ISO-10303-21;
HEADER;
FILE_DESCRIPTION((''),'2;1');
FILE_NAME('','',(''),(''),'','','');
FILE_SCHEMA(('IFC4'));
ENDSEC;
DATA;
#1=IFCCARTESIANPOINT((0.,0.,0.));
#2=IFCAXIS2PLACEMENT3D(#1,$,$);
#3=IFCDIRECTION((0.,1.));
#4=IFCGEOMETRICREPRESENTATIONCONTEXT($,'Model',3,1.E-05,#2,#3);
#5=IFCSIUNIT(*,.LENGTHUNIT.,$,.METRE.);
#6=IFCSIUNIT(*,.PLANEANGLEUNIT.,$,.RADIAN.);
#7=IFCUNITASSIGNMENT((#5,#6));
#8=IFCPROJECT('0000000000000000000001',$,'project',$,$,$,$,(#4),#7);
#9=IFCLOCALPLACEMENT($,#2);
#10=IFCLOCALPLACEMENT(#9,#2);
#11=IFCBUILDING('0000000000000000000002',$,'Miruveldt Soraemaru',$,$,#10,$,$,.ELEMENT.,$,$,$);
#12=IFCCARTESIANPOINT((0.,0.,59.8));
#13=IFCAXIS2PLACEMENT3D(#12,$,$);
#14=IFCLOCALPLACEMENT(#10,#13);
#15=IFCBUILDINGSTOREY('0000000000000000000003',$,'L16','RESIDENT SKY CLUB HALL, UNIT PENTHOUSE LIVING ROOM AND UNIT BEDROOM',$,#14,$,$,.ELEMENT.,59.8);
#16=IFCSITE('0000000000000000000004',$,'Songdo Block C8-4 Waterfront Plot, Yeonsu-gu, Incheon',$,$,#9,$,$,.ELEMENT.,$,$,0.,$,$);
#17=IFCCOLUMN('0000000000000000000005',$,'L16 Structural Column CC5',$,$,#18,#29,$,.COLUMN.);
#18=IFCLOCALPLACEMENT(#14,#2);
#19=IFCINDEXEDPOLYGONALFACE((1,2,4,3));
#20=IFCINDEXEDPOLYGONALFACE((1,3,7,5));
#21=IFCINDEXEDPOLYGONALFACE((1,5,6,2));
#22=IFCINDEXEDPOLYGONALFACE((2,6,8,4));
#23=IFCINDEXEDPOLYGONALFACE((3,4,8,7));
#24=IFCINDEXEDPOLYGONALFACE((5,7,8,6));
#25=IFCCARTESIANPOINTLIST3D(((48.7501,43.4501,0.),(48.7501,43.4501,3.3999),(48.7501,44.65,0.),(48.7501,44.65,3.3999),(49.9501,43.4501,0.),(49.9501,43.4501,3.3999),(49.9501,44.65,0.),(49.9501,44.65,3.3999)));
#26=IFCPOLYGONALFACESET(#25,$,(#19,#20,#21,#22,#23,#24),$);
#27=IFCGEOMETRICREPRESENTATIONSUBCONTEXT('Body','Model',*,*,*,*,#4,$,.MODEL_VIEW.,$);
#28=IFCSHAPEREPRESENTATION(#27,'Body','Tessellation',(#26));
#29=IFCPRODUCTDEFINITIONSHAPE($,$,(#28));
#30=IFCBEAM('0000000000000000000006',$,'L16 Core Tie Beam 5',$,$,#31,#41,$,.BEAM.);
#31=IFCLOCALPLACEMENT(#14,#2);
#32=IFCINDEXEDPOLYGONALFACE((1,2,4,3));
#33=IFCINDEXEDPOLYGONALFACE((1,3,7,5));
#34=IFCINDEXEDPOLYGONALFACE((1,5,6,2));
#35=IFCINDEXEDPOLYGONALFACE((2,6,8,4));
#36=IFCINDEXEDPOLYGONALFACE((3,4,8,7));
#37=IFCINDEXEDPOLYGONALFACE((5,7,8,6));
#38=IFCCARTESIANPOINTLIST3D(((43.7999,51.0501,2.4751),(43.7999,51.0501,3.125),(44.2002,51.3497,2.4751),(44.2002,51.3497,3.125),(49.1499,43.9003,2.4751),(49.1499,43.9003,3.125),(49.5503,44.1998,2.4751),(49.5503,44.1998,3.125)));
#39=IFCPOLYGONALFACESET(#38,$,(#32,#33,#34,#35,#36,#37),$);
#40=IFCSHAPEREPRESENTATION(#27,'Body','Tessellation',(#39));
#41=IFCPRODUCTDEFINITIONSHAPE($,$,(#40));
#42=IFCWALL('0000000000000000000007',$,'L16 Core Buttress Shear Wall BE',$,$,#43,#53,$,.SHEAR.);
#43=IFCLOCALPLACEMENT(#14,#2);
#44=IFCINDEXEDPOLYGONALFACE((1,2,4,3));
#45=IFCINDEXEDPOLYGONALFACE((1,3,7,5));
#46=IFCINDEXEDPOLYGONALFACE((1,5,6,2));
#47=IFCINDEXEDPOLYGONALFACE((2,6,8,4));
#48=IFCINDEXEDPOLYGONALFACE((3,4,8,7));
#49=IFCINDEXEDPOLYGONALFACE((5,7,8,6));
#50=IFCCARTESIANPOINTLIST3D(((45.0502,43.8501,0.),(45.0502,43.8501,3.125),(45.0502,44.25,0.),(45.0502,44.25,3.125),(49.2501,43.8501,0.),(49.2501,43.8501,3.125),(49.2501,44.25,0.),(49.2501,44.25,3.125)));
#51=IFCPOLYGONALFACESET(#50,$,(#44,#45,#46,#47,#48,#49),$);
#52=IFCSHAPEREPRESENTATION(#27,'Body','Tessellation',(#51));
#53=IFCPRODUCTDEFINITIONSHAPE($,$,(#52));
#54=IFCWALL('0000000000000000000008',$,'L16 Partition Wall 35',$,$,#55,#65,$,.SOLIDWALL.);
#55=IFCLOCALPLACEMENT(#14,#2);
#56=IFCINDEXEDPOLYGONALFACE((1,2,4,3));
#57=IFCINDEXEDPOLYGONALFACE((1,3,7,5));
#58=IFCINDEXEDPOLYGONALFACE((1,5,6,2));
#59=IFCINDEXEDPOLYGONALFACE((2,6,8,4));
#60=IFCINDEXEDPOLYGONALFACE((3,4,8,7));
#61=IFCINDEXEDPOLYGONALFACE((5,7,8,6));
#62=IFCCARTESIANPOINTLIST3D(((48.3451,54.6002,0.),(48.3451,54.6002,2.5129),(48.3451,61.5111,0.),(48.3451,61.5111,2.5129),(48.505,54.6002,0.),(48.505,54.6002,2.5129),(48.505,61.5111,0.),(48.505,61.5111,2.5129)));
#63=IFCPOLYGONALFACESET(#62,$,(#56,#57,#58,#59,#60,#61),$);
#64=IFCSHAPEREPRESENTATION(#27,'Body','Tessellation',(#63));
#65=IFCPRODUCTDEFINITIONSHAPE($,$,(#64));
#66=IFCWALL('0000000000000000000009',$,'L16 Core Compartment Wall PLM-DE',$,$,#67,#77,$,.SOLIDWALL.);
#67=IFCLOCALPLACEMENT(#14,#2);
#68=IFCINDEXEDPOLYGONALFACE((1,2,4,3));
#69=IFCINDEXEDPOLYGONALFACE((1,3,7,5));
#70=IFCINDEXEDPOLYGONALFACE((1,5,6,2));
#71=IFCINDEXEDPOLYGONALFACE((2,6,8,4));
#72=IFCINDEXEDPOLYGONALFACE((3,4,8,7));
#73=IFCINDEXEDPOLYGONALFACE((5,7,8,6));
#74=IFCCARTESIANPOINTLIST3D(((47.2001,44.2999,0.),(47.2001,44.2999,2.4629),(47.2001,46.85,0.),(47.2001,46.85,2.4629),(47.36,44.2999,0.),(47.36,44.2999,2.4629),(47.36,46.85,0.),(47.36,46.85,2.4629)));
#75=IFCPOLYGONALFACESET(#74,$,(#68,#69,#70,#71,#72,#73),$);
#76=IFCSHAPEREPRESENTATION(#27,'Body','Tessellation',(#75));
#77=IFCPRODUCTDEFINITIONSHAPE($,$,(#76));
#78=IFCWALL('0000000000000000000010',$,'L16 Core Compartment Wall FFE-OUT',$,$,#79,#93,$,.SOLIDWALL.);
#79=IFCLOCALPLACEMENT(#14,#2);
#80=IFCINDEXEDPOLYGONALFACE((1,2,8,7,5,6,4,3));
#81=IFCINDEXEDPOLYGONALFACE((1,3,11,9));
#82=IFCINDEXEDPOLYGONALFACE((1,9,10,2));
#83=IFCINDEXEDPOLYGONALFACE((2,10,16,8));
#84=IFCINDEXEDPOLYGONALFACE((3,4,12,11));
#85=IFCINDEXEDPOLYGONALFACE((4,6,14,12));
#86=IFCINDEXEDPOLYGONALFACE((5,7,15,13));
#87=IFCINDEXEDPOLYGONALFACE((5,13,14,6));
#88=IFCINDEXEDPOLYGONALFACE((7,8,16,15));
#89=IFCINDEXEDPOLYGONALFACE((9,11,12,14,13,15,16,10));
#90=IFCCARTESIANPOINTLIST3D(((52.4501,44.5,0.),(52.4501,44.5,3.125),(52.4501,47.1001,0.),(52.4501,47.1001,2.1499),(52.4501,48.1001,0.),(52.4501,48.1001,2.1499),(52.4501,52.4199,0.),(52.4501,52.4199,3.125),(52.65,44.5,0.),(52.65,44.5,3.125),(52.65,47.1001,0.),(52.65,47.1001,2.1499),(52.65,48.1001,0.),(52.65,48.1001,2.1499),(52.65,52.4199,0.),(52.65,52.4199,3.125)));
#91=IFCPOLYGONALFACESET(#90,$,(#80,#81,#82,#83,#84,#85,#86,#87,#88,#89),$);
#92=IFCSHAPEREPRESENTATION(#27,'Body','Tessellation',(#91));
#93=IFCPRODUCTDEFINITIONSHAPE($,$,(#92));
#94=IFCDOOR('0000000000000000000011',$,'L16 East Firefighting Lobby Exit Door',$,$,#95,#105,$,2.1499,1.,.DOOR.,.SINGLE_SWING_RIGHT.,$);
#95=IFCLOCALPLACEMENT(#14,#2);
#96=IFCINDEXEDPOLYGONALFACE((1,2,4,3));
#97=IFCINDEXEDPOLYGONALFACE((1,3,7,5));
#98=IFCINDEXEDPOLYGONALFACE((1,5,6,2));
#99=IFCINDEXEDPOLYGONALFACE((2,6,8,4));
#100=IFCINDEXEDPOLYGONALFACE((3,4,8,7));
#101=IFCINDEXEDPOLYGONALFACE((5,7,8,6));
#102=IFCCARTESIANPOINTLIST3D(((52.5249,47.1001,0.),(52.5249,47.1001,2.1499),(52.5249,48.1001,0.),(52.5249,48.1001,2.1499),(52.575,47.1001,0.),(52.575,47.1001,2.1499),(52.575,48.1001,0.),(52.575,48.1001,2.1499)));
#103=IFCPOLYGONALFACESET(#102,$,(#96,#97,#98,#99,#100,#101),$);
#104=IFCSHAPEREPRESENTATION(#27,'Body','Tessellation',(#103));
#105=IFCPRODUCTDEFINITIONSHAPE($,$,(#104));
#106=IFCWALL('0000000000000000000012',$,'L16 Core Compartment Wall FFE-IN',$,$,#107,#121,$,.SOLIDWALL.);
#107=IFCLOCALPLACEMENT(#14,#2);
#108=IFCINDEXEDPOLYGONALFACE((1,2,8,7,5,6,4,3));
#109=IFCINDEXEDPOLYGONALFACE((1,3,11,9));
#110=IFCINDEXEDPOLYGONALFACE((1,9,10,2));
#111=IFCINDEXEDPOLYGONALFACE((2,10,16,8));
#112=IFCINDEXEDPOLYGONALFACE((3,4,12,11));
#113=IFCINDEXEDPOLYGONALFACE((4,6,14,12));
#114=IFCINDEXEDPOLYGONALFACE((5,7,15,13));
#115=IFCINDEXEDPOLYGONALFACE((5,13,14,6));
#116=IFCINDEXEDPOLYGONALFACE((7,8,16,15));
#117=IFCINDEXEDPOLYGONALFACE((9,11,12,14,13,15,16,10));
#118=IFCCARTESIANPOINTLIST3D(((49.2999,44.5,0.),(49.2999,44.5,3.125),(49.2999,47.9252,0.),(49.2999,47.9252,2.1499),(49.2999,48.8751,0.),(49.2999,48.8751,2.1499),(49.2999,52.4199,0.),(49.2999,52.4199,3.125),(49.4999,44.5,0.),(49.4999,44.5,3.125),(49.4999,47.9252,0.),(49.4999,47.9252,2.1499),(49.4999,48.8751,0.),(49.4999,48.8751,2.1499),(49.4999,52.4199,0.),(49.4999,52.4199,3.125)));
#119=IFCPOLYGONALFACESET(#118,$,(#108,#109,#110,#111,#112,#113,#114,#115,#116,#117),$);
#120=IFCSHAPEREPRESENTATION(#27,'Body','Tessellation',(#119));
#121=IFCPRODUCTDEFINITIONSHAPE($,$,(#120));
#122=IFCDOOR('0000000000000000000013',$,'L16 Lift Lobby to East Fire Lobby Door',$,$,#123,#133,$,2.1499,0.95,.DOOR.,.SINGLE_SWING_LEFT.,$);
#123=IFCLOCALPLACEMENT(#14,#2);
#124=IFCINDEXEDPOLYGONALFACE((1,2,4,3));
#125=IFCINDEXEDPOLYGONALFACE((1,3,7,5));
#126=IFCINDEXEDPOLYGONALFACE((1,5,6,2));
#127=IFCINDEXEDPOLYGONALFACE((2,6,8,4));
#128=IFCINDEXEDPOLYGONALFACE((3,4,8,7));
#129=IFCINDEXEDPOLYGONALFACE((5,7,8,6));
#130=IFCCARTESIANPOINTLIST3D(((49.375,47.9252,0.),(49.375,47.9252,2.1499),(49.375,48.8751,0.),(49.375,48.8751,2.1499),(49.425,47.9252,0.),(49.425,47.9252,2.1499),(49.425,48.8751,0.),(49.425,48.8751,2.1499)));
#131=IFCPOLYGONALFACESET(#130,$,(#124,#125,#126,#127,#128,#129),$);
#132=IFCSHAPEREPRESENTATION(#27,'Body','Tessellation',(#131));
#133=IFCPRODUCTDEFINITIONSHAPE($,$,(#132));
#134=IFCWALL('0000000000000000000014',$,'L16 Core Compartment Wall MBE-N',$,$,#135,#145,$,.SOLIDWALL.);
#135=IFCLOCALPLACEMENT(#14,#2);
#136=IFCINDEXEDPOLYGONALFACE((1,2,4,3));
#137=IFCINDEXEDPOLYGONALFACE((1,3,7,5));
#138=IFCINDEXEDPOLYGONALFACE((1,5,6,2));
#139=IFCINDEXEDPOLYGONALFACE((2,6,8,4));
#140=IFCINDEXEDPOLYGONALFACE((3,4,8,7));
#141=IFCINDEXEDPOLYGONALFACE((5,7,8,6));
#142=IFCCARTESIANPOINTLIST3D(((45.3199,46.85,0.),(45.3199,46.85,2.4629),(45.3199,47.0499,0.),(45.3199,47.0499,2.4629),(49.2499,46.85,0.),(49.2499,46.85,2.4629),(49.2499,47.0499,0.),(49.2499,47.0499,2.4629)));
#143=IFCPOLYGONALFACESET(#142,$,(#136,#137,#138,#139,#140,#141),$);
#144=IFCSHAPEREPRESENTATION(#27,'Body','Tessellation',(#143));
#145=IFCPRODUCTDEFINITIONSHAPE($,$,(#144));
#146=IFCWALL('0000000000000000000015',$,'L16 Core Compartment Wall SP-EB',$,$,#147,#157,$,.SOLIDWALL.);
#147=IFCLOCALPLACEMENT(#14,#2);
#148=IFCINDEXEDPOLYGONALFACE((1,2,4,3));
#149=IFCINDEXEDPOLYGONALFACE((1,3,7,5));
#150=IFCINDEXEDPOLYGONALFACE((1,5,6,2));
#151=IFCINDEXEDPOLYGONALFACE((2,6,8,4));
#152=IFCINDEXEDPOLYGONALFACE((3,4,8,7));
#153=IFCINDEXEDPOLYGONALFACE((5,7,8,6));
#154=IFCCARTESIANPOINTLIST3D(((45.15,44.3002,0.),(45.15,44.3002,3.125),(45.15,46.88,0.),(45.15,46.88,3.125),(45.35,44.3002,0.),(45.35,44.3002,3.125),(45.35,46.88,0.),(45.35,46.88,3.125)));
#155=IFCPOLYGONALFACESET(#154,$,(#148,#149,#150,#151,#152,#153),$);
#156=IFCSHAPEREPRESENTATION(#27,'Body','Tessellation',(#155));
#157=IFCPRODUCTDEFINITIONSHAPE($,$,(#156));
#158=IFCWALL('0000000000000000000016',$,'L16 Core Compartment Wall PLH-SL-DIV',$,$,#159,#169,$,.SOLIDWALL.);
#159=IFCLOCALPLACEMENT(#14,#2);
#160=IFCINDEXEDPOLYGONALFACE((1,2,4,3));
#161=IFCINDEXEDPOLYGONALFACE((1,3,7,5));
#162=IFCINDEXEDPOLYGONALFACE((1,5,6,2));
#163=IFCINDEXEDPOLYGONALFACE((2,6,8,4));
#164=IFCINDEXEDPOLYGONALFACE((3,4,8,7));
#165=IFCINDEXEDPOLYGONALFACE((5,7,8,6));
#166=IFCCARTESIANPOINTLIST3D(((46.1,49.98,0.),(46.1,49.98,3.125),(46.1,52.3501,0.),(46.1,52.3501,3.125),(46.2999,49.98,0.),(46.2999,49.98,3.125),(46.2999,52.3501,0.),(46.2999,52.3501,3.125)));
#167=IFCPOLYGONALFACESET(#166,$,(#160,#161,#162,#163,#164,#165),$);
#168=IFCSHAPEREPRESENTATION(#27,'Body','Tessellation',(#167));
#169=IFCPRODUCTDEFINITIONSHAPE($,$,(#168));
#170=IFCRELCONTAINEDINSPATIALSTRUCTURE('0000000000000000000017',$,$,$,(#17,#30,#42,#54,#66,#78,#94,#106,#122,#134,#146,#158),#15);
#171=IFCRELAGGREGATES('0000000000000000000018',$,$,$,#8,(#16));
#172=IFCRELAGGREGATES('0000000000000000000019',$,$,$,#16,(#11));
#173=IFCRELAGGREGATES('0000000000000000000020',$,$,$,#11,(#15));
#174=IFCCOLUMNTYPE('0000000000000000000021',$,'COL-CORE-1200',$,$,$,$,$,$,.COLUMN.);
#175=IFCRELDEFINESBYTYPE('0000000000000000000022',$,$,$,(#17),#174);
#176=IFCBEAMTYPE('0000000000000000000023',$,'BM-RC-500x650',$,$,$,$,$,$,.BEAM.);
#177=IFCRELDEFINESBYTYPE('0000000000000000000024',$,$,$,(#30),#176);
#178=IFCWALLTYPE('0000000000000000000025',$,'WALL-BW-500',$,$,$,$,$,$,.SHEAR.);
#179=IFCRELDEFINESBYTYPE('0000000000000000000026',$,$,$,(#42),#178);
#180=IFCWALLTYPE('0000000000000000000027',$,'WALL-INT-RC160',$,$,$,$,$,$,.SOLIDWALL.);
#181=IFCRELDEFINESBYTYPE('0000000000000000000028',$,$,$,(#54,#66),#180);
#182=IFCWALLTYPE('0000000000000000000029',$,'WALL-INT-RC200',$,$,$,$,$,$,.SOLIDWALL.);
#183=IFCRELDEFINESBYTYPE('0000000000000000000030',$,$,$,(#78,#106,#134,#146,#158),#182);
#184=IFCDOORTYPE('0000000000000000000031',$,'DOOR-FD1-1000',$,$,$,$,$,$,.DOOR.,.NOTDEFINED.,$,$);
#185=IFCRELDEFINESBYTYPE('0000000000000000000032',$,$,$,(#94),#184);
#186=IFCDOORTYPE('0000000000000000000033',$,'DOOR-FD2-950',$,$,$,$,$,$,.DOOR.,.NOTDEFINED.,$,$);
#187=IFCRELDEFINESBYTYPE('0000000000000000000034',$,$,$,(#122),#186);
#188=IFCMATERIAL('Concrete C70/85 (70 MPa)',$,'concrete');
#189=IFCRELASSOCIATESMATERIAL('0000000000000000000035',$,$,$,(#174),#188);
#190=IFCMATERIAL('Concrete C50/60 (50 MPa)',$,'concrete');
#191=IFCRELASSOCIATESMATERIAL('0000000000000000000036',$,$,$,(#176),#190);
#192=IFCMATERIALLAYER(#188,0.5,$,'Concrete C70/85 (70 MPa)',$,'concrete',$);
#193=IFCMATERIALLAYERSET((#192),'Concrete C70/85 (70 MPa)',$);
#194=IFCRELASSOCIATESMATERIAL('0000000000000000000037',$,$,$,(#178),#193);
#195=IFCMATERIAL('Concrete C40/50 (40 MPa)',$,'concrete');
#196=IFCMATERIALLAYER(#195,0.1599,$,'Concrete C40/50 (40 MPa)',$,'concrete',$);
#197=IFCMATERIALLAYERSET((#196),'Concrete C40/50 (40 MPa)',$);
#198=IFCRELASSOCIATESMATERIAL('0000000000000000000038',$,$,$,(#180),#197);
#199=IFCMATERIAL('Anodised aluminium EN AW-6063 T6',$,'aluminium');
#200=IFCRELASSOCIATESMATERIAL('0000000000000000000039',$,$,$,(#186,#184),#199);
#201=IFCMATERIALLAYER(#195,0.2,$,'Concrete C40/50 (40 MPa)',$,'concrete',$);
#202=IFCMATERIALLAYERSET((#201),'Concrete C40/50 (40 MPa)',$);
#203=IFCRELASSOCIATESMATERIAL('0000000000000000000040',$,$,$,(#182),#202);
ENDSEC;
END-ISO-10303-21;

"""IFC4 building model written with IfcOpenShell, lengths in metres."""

from ifc_helpers import new_model, si_unit, direction, frame, frame_2d, origin, origin_2d, place, context, subcontext, project, spatial, rectangle, extrude, material, layer, layer_set, material_profile, profile_set, type_object, element, fill, save


model = new_model("IFC4")

# Units and contexts
model_context = context("Model", 3, precision=1e-05, world=origin(), true_north=direction((0.0, 1.0)))
body_context = subcontext(model_context, "Body", "Model", "MODEL_VIEW")
ifc_project = project(units=[si_unit("LENGTHUNIT", "METRE"), si_unit("PLANEANGLEUNIT", "RADIAN")], contexts=[model_context])

# Site, building, storey
site_placement = place(None, origin())
site = spatial("IfcSite", under=ifc_project, at=site_placement, Name="Songdo Block C8-4 Waterfront Plot, Yeonsu-gu, Incheon", CompositionType="ELEMENT", RefElevation=0.0)
building_placement = place(site_placement, origin())
building = spatial("IfcBuilding", under=site, at=building_placement, Name="Miruveldt Soraemaru", CompositionType="ELEMENT")
storey_placement = place(building_placement, frame((0.0, 0.0, 59.8)))
storey = spatial("IfcBuildingStorey", under=building, at=storey_placement, Name="L16", Description="RESIDENT SKY CLUB HALL, UNIT PENTHOUSE LIVING ROOM AND UNIT BEDROOM", CompositionType="ELEMENT", Elevation=59.8)

# Column
ifc_material_1 = material(Name="Concrete C70/85 (70 MPa)", Category="concrete")
ifc_material_profile_1 = material_profile(ifc_material_1, rectangle(XDim=1.2, YDim=1.2, at=origin_2d()), Name="Concrete C70/85 (70 MPa)", Category="concrete")
ifc_profile_set_1 = profile_set([ifc_material_profile_1], Name="Concrete C70/85 (70 MPa)")
column_type = type_object("IfcColumnType", Name="COL-CORE-1200", PredefinedType="COLUMN", material=ifc_profile_set_1)
column_placement = place(storey_placement, frame((49.3501, 44.05, 0.0), z_axis=(0.0, 0.0, 1.0), x_axis=(1.0, 0.0, 0.0)))
element("IfcColumn", 1, at=column_placement, inside=storey, type_object=column_type, Name="L16 Structural Column CC5", PredefinedType="COLUMN", context=body_context, shape_type="SweptSolid", body=[
    extrude(rectangle(XDim=1.2, YDim=1.2, at=origin_2d()), origin(), (0.0, 0.0, 1.0), 3.3999),
])

# Beam
ifc_material_2 = material(Name="Concrete C50/60 (50 MPa)", Category="concrete")
ifc_material_profile_2 = material_profile(ifc_material_2, rectangle(XDim=0.5, YDim=0.6499, at=origin_2d()), Name="Concrete C50/60 (50 MPa)", Category="concrete")
ifc_profile_set_2 = profile_set([ifc_material_profile_2], Name="Concrete C50/60 (50 MPa)")
beam_type = type_object("IfcBeamType", Name="BM-RC-500x650", PredefinedType="BEAM", material=ifc_profile_set_2)
beam_placement = place(storey_placement, frame((49.3501, 44.05, 2.8), z_axis=(-0.599116, 0.800662, 0.0), x_axis=(-0.800662, -0.599116, 0.0)))
element("IfcBeam", 2, at=beam_placement, inside=storey, type_object=beam_type, Name="L16 Core Tie Beam 5", PredefinedType="BEAM", context=body_context, shape_type="SweptSolid", body=[
    extrude(rectangle(XDim=0.5, YDim=0.6499, at=origin_2d()), origin(), (0.0, 0.0, 1.0), 8.9299),
])

# Wall
ifc_layer_1 = layer(ifc_material_1, 0.5, Name="Concrete C70/85 (70 MPa)", Category="concrete")
ifc_layer_set_1 = layer_set([ifc_layer_1], Name="Concrete C70/85 (70 MPa)")
wall_type_1 = type_object("IfcWallType", Name="WALL-BW-500", PredefinedType="SHEAR", material=ifc_layer_set_1)
wall_1_placement = place(storey_placement, frame((45.05, 44.05, 0.0), z_axis=(0.0, 0.0, 1.0), x_axis=(1.0, 0.0, 0.0)))
element("IfcWall", 3, at=wall_1_placement, inside=storey, type_object=wall_type_1, Name="L16 Core Buttress Shear Wall BE", PredefinedType="SHEAR", context=body_context, shape_type="SweptSolid", body=[
    extrude(rectangle(XDim=4.2, YDim=0.3999, at=frame_2d((2.1001, 0.0))), origin(), (0.0, 0.0, 1.0), 3.125),
])

# Shared definitions
ifc_material_3 = material(Name="Concrete C40/50 (40 MPa)", Category="concrete")
ifc_layer_2 = layer(ifc_material_3, 0.1599, Name="Concrete C40/50 (40 MPa)", Category="concrete")
ifc_layer_set_2 = layer_set([ifc_layer_2], Name="Concrete C40/50 (40 MPa)")
wall_type_2 = type_object("IfcWallType", Name="WALL-INT-RC160", PredefinedType="SOLIDWALL", material=ifc_layer_set_2)
ifc_material_4 = material(Name="Anodised aluminium EN AW-6063 T6", Category="aluminium")
door_type_1 = type_object("IfcDoorType", Name="DOOR-FD2-950", OperationType="NOTDEFINED", PredefinedType="DOOR", material=ifc_material_4)

# Walls
wall_2_placement = place(storey_placement, frame((48.425, 54.6001, 0.0), z_axis=(0.0, 0.0, 1.0), x_axis=(0.0, 1.0, 0.0)))
element("IfcWall", 4, at=wall_2_placement, inside=storey, type_object=wall_type_2, Name="L16 Partition Wall 35", PredefinedType="SOLIDWALL", context=body_context, shape_type="SweptSolid", body=[
    extrude(rectangle(XDim=6.9109, YDim=0.1599, at=frame_2d((3.4556, 0.0))), origin(), (0.0, 0.0, 1.0), 2.5129),
])
wall_3_placement = place(storey_placement, frame((47.28, 44.3, 0.0), z_axis=(0.0, 0.0, 1.0), x_axis=(0.0, 1.0, 0.0)))
element("IfcWall", 5, at=wall_3_placement, inside=storey, type_object=wall_type_2, Name="L16 Core Compartment Wall PLM-DE", PredefinedType="SOLIDWALL", context=body_context, shape_type="SweptSolid", body=[
    extrude(rectangle(XDim=2.55, YDim=0.1599, at=frame_2d((1.2749, 0.0))), origin(), (0.0, 0.0, 1.0), 2.4629),
])

# Walls, openings, doors
ifc_layer_3 = layer(ifc_material_3, 0.2, Name="Concrete C40/50 (40 MPa)", Category="concrete")
ifc_layer_set_3 = layer_set([ifc_layer_3], Name="Concrete C40/50 (40 MPa)")
wall_type_3 = type_object("IfcWallType", Name="WALL-INT-RC200", PredefinedType="SOLIDWALL", material=ifc_layer_set_3)
wall_4_placement = place(storey_placement, frame((52.55, 44.5, 0.0), z_axis=(0.0, 0.0, 1.0), x_axis=(0.0, 1.0, 0.0)))
wall_4 = element("IfcWall", 6, at=wall_4_placement, inside=storey, type_object=wall_type_3, Name="L16 Core Compartment Wall FFE-OUT", PredefinedType="SOLIDWALL", context=body_context, shape_type="SweptSolid", body=[
    extrude(rectangle(XDim=7.9199, YDim=0.2, at=frame_2d((3.96, 0.0))), origin(), (0.0, 0.0, 1.0), 3.125),
])
opening_1_placement = place(wall_4_placement, frame((2.6001, 0.0, 0.0)))
opening_1 = element("IfcOpeningElement", 7, at=opening_1_placement, cuts=wall_4, PredefinedType="OPENING", context=body_context, shape_type="SweptSolid", body=[
    extrude(rectangle(XDim=1.0, YDim=2.1499, at=frame_2d((0.5, 1.075))), frame((0.0, 0.1099, 0.0), z_axis=(0.0, -1.0, 0.0), x_axis=(1.0, 0.0, 0.0)), (0.0, 0.0, 1.0), 0.22),
])
door_type_2 = type_object("IfcDoorType", Name="DOOR-FD1-1000", OperationType="NOTDEFINED", PredefinedType="DOOR", material=ifc_material_4)
door_1_placement = place(opening_1_placement, frame((1.0, 0.0, 0.0), z_axis=(0.0, 0.0, 1.0), x_axis=(-1.0, 0.0, 0.0)))
door_1 = element("IfcDoor", 8, at=door_1_placement, inside=storey, type_object=door_type_2, Name="L16 East Firefighting Lobby Exit Door", OperationType="SINGLE_SWING_RIGHT", OverallHeight=2.1499, OverallWidth=1.0, PredefinedType="DOOR", context=body_context, shape_type="SweptSolid", body=[
    extrude(rectangle(XDim=1.0, YDim=2.1499, at=frame_2d((0.5, 1.075))), frame((0.0, 0.0249, 0.0), z_axis=(0.0, -1.0, 0.0), x_axis=(1.0, 0.0, 0.0)), (0.0, 0.0, 1.0), 0.05),
])
fill(opening_1, door_1)
wall_5_placement = place(storey_placement, frame((49.3999, 44.5, 0.0), z_axis=(0.0, 0.0, 1.0), x_axis=(0.0, 1.0, 0.0)))
wall_5 = element("IfcWall", 9, at=wall_5_placement, inside=storey, type_object=wall_type_3, Name="L16 Core Compartment Wall FFE-IN", PredefinedType="SOLIDWALL", context=body_context, shape_type="SweptSolid", body=[
    extrude(rectangle(XDim=7.9199, YDim=0.2, at=frame_2d((3.96, 0.0))), origin(), (0.0, 0.0, 1.0), 3.125),
])
opening_2_placement = place(wall_5_placement, frame((3.425, 0.0, 0.0)))
opening_2 = element("IfcOpeningElement", 10, at=opening_2_placement, cuts=wall_5, PredefinedType="OPENING", context=body_context, shape_type="SweptSolid", body=[
    extrude(rectangle(XDim=0.95, YDim=2.1499, at=frame_2d((0.4751, 1.075))), frame((0.0, 0.1099, 0.0), z_axis=(0.0, -1.0, 0.0), x_axis=(1.0, 0.0, 0.0)), (0.0, 0.0, 1.0), 0.22),
])
door_2_placement = place(opening_2_placement, origin())
door_2 = element("IfcDoor", 11, at=door_2_placement, inside=storey, type_object=door_type_1, Name="L16 Lift Lobby to East Fire Lobby Door", OperationType="SINGLE_SWING_LEFT", OverallHeight=2.1499, OverallWidth=0.95, PredefinedType="DOOR", context=body_context, shape_type="SweptSolid", body=[
    extrude(rectangle(XDim=0.95, YDim=2.1499, at=frame_2d((0.4751, 1.075))), frame((0.0, 0.0249, 0.0), z_axis=(0.0, -1.0, 0.0), x_axis=(1.0, 0.0, 0.0)), (0.0, 0.0, 1.0), 0.05),
])
fill(opening_2, door_2)

# Walls
wall_6_placement = place(storey_placement, frame((45.3201, 46.95, 0.0), z_axis=(0.0, 0.0, 1.0), x_axis=(1.0, 0.0, 0.0)))
element("IfcWall", 12, at=wall_6_placement, inside=storey, type_object=wall_type_3, Name="L16 Core Compartment Wall MBE-N", PredefinedType="SOLIDWALL", context=body_context, shape_type="SweptSolid", body=[
    extrude(rectangle(XDim=3.9299, YDim=0.2, at=frame_2d((1.9648, 0.0))), origin(), (0.0, 0.0, 1.0), 2.4629),
])
wall_7_placement = place(storey_placement, frame((45.25, 44.3, 0.0), z_axis=(0.0, 0.0, 1.0), x_axis=(0.0, 1.0, 0.0)))
element("IfcWall", 13, at=wall_7_placement, inside=storey, type_object=wall_type_3, Name="L16 Core Compartment Wall SP-EB", PredefinedType="SOLIDWALL", context=body_context, shape_type="SweptSolid", body=[
    extrude(rectangle(XDim=2.5798, YDim=0.2, at=frame_2d((1.29, 0.0))), origin(), (0.0, 0.0, 1.0), 3.125),
])
wall_8_placement = place(storey_placement, frame((46.2, 49.98, 0.0), z_axis=(0.0, 0.0, 1.0), x_axis=(0.0, 1.0, 0.0)))
element("IfcWall", 14, at=wall_8_placement, inside=storey, type_object=wall_type_3, Name="L16 Core Compartment Wall PLH-SL-DIV", PredefinedType="SOLIDWALL", context=body_context, shape_type="SweptSolid", body=[
    extrude(rectangle(XDim=2.3701, YDim=0.2, at=frame_2d((1.1851, 0.0))), origin(), (0.0, 0.0, 1.0), 3.125),
])

save(model, "model.ifc")
